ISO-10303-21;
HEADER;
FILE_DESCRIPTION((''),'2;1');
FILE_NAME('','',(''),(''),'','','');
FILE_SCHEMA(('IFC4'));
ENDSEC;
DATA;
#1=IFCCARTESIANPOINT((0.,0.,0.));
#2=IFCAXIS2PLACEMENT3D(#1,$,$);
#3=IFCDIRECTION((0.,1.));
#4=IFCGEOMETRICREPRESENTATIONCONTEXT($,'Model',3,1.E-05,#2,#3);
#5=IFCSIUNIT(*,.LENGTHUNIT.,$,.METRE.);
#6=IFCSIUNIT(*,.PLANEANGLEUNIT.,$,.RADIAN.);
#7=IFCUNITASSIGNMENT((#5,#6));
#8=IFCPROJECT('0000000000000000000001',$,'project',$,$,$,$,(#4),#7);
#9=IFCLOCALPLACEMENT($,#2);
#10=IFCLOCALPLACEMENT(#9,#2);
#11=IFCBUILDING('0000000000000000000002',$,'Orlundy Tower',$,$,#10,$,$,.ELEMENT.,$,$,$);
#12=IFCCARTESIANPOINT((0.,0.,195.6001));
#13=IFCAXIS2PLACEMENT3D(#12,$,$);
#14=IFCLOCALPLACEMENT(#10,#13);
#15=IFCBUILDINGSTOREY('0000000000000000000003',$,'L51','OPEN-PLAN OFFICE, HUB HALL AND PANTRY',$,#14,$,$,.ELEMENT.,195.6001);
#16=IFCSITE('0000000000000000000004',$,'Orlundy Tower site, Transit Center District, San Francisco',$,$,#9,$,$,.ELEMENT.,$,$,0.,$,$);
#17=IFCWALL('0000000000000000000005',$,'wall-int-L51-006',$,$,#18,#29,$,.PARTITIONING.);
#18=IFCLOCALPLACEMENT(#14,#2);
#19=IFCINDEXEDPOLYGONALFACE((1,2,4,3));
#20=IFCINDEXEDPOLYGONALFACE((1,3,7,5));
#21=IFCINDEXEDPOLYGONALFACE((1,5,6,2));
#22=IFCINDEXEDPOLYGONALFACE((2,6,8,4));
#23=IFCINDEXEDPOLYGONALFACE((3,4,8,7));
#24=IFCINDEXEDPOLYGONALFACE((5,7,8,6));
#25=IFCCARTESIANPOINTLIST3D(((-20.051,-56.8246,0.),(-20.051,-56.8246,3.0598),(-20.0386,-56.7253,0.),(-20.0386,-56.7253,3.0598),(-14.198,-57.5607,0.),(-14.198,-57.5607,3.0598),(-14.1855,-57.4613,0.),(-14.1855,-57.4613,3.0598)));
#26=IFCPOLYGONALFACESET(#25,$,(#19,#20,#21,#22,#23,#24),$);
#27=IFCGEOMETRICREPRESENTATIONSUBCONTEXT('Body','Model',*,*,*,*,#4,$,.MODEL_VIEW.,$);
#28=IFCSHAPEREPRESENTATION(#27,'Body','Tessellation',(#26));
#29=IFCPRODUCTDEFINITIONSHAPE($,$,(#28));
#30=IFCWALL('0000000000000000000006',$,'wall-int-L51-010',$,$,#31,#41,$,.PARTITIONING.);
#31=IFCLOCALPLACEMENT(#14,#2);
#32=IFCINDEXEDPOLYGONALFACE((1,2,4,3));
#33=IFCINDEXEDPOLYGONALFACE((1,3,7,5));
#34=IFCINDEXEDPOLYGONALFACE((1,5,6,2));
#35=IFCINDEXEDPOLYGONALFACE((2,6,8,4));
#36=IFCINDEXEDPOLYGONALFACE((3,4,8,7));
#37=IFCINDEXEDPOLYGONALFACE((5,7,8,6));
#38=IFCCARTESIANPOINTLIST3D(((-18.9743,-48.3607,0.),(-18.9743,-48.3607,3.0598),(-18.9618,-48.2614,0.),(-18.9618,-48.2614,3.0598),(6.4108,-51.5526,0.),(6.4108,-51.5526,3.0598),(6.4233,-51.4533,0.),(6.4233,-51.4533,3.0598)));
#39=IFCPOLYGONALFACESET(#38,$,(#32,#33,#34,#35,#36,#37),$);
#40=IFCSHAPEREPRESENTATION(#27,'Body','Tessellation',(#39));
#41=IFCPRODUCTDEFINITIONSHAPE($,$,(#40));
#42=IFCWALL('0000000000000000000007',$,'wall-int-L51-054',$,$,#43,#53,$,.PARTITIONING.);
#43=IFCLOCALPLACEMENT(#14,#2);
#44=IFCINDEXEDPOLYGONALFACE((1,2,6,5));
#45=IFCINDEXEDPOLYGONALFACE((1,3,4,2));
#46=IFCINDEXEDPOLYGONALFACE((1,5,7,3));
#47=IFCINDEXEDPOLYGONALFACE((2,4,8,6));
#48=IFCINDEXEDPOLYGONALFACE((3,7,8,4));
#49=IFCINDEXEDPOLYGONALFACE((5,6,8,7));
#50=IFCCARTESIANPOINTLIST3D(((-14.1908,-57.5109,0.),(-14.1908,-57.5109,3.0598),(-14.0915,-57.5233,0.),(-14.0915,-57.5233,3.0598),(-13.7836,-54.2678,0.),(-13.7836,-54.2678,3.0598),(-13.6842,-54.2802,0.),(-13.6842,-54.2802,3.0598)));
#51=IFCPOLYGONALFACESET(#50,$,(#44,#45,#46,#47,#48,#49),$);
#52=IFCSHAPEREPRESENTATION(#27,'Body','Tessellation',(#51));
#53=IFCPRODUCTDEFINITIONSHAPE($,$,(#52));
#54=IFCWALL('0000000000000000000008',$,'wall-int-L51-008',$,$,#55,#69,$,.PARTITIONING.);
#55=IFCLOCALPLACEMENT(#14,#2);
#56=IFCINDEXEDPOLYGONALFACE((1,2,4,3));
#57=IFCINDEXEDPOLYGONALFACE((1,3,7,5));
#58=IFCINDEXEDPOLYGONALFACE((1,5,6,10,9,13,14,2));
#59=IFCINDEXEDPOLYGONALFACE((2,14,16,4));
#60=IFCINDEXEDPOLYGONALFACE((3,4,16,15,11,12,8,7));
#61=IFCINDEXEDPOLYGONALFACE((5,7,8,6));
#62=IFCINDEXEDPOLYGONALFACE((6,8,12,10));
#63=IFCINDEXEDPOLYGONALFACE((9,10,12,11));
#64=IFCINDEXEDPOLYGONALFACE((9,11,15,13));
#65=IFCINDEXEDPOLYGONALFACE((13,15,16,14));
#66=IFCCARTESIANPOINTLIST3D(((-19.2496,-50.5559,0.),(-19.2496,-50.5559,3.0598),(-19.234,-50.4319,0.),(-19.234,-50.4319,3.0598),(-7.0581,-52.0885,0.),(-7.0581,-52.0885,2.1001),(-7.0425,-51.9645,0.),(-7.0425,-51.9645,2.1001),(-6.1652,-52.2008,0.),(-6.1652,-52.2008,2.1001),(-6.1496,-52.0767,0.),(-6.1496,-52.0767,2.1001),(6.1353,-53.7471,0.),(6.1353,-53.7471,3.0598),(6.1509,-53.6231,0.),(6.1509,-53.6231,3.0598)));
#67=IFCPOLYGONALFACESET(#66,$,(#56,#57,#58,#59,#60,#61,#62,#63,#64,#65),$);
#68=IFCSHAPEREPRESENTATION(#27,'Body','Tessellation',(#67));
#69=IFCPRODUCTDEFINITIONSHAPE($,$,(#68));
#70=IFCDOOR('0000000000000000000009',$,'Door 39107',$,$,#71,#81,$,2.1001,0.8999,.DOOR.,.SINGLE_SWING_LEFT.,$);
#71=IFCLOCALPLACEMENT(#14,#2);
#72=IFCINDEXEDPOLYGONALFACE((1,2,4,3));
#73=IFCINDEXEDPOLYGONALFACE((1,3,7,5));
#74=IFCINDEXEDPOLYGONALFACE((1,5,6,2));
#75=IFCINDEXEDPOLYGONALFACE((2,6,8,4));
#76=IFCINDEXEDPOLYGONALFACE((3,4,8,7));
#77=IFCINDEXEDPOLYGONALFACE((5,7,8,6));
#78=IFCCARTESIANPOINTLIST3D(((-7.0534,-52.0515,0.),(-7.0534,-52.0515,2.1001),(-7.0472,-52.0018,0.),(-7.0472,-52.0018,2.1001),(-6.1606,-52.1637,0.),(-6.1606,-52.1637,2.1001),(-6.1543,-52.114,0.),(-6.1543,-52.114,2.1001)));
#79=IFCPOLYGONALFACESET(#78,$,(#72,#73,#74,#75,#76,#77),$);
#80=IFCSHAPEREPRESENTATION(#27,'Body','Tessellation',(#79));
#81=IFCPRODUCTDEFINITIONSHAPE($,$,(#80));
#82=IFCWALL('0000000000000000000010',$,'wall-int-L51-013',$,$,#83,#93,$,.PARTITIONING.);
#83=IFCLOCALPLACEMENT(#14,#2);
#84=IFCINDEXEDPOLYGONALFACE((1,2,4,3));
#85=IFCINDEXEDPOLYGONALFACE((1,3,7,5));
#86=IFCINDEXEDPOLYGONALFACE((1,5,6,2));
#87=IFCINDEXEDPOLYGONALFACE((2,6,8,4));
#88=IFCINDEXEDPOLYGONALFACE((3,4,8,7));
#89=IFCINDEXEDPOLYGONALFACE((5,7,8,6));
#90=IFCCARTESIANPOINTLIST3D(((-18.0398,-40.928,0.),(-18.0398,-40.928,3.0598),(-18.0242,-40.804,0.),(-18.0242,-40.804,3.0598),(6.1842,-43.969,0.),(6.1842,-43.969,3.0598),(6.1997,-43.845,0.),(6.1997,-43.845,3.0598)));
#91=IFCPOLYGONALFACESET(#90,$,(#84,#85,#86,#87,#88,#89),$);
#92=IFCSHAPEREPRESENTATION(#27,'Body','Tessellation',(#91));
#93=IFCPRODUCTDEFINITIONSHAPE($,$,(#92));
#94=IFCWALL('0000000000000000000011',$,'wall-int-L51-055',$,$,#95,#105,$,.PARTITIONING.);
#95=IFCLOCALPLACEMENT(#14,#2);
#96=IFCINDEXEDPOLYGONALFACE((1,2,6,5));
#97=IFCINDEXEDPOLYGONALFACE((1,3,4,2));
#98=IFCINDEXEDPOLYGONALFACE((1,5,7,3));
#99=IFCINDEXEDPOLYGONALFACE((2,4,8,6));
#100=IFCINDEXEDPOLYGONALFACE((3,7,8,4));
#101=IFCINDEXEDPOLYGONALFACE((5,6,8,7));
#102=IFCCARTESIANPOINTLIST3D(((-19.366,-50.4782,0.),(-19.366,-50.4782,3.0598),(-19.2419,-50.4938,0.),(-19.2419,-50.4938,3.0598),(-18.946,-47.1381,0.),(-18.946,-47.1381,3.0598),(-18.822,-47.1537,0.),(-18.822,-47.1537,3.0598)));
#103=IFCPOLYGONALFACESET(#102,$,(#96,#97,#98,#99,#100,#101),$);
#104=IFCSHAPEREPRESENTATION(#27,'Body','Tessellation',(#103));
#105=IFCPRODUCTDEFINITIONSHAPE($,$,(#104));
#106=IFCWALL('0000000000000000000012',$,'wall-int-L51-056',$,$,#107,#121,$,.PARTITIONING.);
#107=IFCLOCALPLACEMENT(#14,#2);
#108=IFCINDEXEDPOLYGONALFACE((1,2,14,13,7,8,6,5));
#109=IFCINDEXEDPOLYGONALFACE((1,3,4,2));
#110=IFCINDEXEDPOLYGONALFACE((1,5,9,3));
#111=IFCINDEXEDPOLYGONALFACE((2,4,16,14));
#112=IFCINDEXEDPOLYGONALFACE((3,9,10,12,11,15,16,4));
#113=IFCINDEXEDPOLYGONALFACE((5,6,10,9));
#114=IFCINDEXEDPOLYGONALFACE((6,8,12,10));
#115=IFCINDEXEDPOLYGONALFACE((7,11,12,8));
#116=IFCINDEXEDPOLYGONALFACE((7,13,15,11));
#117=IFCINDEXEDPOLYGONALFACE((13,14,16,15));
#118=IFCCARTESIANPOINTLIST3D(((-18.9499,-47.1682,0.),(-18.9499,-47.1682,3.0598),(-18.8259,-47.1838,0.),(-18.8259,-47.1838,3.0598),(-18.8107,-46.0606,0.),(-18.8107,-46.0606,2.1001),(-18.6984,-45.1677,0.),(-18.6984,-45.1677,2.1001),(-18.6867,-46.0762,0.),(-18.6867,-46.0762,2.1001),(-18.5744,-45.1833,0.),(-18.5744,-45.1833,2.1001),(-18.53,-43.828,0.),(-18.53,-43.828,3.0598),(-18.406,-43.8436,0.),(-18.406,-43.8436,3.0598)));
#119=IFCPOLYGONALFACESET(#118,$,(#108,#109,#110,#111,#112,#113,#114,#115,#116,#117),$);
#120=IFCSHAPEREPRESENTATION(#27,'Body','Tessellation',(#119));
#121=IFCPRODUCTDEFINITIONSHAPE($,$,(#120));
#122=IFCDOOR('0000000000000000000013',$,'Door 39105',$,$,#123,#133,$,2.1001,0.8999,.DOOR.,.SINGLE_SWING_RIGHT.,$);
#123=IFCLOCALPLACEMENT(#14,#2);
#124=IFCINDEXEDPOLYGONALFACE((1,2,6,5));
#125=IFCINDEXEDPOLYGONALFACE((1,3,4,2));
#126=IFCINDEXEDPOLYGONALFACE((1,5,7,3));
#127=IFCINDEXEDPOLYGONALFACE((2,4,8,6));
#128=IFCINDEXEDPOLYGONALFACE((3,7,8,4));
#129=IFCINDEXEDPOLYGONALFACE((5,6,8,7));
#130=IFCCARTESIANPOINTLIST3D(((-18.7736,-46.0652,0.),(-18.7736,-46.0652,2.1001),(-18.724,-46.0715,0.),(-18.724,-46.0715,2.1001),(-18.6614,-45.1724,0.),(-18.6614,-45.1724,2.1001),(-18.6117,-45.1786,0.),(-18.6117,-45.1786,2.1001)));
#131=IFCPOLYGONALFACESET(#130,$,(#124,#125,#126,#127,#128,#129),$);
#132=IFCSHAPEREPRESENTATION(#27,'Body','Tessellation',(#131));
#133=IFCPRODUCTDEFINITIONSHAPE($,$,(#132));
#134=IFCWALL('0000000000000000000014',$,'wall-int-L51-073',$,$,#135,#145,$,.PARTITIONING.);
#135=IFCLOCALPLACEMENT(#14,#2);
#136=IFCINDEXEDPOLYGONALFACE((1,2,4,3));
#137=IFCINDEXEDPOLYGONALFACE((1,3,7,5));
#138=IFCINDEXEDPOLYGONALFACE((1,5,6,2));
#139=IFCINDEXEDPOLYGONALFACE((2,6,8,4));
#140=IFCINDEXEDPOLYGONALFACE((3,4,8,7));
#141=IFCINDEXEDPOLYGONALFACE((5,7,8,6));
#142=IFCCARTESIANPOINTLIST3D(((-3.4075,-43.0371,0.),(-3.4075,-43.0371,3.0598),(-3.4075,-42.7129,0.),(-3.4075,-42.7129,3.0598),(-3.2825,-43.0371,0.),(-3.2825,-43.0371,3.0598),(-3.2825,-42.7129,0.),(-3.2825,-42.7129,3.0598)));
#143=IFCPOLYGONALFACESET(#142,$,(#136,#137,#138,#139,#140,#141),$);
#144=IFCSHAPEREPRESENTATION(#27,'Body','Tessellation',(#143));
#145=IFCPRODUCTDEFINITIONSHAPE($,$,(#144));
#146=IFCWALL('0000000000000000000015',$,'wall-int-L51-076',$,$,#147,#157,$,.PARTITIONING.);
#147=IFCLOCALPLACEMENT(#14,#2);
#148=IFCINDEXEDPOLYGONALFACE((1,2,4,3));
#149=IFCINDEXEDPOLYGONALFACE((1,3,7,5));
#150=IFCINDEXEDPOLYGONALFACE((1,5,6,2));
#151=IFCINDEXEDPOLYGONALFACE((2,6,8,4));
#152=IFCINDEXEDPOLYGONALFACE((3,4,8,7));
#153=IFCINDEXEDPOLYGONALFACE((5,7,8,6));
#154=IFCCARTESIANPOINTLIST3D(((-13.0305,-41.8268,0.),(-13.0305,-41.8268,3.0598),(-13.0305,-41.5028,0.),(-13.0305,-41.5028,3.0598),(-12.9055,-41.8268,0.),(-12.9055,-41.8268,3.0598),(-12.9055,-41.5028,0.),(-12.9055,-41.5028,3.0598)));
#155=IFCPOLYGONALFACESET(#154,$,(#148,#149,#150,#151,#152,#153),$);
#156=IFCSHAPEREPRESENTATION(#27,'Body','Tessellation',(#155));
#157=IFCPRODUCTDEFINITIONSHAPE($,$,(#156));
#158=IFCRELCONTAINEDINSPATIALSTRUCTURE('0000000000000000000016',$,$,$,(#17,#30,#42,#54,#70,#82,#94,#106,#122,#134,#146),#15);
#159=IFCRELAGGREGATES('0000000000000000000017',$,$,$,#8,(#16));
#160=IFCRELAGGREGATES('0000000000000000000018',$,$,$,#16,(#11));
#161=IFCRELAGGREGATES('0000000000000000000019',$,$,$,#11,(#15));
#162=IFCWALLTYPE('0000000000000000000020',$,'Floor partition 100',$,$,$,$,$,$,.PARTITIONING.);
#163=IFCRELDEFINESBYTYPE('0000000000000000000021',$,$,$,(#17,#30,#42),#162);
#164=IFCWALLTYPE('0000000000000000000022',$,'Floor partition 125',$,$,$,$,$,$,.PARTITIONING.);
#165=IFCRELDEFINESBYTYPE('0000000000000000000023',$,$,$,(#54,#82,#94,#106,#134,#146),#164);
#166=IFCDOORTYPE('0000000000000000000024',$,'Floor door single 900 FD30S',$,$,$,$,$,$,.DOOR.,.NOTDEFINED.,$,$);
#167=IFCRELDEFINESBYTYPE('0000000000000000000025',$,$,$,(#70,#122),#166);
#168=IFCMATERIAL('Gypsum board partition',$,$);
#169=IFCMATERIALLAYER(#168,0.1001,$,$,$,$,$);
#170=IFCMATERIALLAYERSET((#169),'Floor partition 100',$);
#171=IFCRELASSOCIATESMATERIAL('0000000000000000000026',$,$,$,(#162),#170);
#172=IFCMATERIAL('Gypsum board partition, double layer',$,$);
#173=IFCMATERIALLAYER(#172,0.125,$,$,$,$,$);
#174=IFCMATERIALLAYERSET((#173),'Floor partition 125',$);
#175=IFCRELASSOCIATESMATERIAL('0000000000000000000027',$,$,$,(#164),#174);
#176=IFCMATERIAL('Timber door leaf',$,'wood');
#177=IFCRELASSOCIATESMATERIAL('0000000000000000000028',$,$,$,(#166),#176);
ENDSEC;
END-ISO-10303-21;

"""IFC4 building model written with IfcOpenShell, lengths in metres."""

from ifc_helpers import new_model, si_unit, direction, frame, frame_2d, origin, place, context, subcontext, project, spatial, rectangle, extrude, material, layer, layer_set, type_object, element, fill, save


model = new_model("IFC4")

# Units and contexts
model_context = context("Model", 3, precision=1e-05, world=origin(), true_north=direction((0.0, 1.0)))
body_context = subcontext(model_context, "Body", "Model", "MODEL_VIEW")
ifc_project = project(units=[si_unit("LENGTHUNIT", "METRE"), si_unit("PLANEANGLEUNIT", "RADIAN")], contexts=[model_context])

# Site, building, storey
site_placement = place(None, origin())
site = spatial("IfcSite", under=ifc_project, at=site_placement, Name="Orlundy Tower site, Transit Center District, San Francisco", CompositionType="ELEMENT", RefElevation=0.0)
building_placement = place(site_placement, origin())
building = spatial("IfcBuilding", under=site, at=building_placement, Name="Orlundy Tower", CompositionType="ELEMENT")
storey_placement = place(building_placement, frame((0.0, 0.0, 195.6001)))
storey = spatial("IfcBuildingStorey", under=building, at=storey_placement, Name="L51", Description="OPEN-PLAN OFFICE, HUB HALL AND PANTRY", CompositionType="ELEMENT", Elevation=195.6001)

# Walls
ifc_material_1 = material(Name="Gypsum board partition")
ifc_layer_1 = layer(ifc_material_1, 0.1001)
ifc_layer_set_1 = layer_set([ifc_layer_1], Name="Floor partition 100")
wall_type_1 = type_object("IfcWallType", Name="Floor partition 100", PredefinedType="PARTITIONING", material=ifc_layer_set_1)
wall_1_placement = place(storey_placement, frame((-20.0449, -56.7749, 0.0), z_axis=(0.0, 0.0, 1.0), x_axis=(0.992185, -0.124778, 0.0)))
element("IfcWall", 1, at=wall_1_placement, inside=storey, type_object=wall_type_1, Name="wall-int-L51-006", PredefinedType="PARTITIONING", context=body_context, shape_type="SweptSolid", body=[
    extrude(rectangle(XDim=5.8992, YDim=0.1001, at=frame_2d((2.9497, 0.0))), origin(), (0.0, 0.0, 1.0), 3.0598),
])
wall_2_placement = place(storey_placement, frame((-18.968, -48.311, 0.0), z_axis=(0.0, 0.0, 1.0), x_axis=(0.992187, -0.124757, 0.0)))
element("IfcWall", 2, at=wall_2_placement, inside=storey, type_object=wall_type_1, Name="wall-int-L51-010", PredefinedType="PARTITIONING", context=body_context, shape_type="SweptSolid", body=[
    extrude(rectangle(XDim=25.585, YDim=0.1001, at=frame_2d((12.7925, 0.0))), origin(), (0.0, 0.0, 1.0), 3.0598),
])
wall_3_placement = place(storey_placement, frame((-14.1411, -57.5171, 0.0), z_axis=(0.0, 0.0, 1.0), x_axis=(0.124586, 0.992209, 0.0)))
element("IfcWall", 3, at=wall_3_placement, inside=storey, type_object=wall_type_1, Name="wall-int-L51-054", PredefinedType="PARTITIONING", context=body_context, shape_type="SweptSolid", body=[
    extrude(rectangle(XDim=3.2686, YDim=0.1001, at=frame_2d((1.6343, 0.0))), origin(), (0.0, 0.0, 1.0), 3.0598),
])

# Wall, opening, door
ifc_material_2 = material(Name="Gypsum board partition, double layer")
ifc_layer_2 = layer(ifc_material_2, 0.125)
ifc_layer_set_2 = layer_set([ifc_layer_2], Name="Floor partition 125")
wall_type_2 = type_object("IfcWallType", Name="Floor partition 125", PredefinedType="PARTITIONING", material=ifc_layer_set_2)
wall_4_placement = place(storey_placement, frame((-19.2419, -50.4939, 0.0), z_axis=(0.0, 0.0, 1.0), x_axis=(0.992191, -0.124729, 0.0)))
wall_4 = element("IfcWall", 4, at=wall_4_placement, inside=storey, type_object=wall_type_2, Name="wall-int-L51-008", PredefinedType="PARTITIONING", context=body_context, shape_type="SweptSolid", body=[
    extrude(rectangle(XDim=25.5847, YDim=0.125, at=frame_2d((12.7925, 0.0))), origin(), (0.0, 0.0, 1.0), 3.0598),
])
opening_1_placement = place(wall_4_placement, frame((12.2876, 0.0, 0.0)))
opening_1 = element("IfcOpeningElement", 5, at=opening_1_placement, cuts=wall_4, PredefinedType="OPENING", context=body_context, shape_type="SweptSolid", body=[
    extrude(rectangle(XDim=0.8999, YDim=2.1001, at=frame_2d((0.45, 1.05))), frame((0.0, 0.0725, 0.0), z_axis=(0.0, -1.0, 0.0), x_axis=(1.0, 0.0, 0.0)), (0.0, 0.0, 1.0), 0.145),
])
ifc_material_3 = material(Name="Timber door leaf", Category="wood")
door_type = type_object("IfcDoorType", Name="Floor door single 900 FD30S", OperationType="NOTDEFINED", PredefinedType="DOOR", material=ifc_material_3)
door_1_placement = place(opening_1_placement, origin())
door_1 = element("IfcDoor", 6, at=door_1_placement, inside=storey, type_object=door_type, Name="Door 39107", OperationType="SINGLE_SWING_LEFT", OverallHeight=2.1001, OverallWidth=0.8999, PredefinedType="DOOR", context=body_context, shape_type="SweptSolid", body=[
    extrude(rectangle(XDim=0.8999, YDim=2.1001, at=frame_2d((0.45, 1.05))), frame((0.0, 0.0249, 0.0), z_axis=(0.0, -1.0, 0.0), x_axis=(1.0, 0.0, 0.0)), (0.0, 0.0, 1.0), 0.05),
])
fill(opening_1, door_1)

# Walls
wall_5_placement = place(storey_placement, frame((-18.032, -40.866, 0.0), z_axis=(0.0, 0.0, 1.0), x_axis=(0.992212, -0.12456, 0.0)))
element("IfcWall", 7, at=wall_5_placement, inside=storey, type_object=wall_type_2, Name="wall-int-L51-013", PredefinedType="PARTITIONING", context=body_context, shape_type="SweptSolid", body=[
    extrude(rectangle(XDim=24.4141, YDim=0.125, at=frame_2d((12.207, 0.0))), origin(), (0.0, 0.0, 1.0), 3.0598),
])
wall_6_placement = place(storey_placement, frame((-18.884, -47.146, 0.0), z_axis=(0.0, 0.0, 1.0), x_axis=(-0.12474, -0.992189, 0.0)))
element("IfcWall", 8, at=wall_6_placement, inside=storey, type_object=wall_type_2, Name="wall-int-L51-055", PredefinedType="PARTITIONING", context=body_context, shape_type="SweptSolid", body=[
    extrude(rectangle(XDim=3.3665, YDim=0.125, at=frame_2d((1.6831, 0.0))), origin(), (0.0, 0.0, 1.0), 3.0598),
])

# Wall, opening, door
wall_7_placement = place(storey_placement, frame((-18.468, -43.8359, 0.0), z_axis=(0.0, 0.0, 1.0), x_axis=(-0.12474, -0.992189, 0.0)))
wall_7 = element("IfcWall", 9, at=wall_7_placement, inside=storey, type_object=wall_type_2, Name="wall-int-L51-056", PredefinedType="PARTITIONING", context=body_context, shape_type="SweptSolid", body=[
    extrude(rectangle(XDim=3.3665, YDim=0.125, at=frame_2d((1.6831, 0.0))), origin(), (0.0, 0.0, 1.0), 3.0598),
])
opening_2_placement = place(wall_7_placement, frame((1.3501, 0.0, 0.0)))
opening_2 = element("IfcOpeningElement", 10, at=opening_2_placement, cuts=wall_7, PredefinedType="OPENING", context=body_context, shape_type="SweptSolid", body=[
    extrude(rectangle(XDim=0.8999, YDim=2.1001, at=frame_2d((0.45, 1.05))), frame((0.0, 0.0725, 0.0), z_axis=(0.0, -1.0, 0.0), x_axis=(1.0, 0.0, 0.0)), (0.0, 0.0, 1.0), 0.145),
])
door_2_placement = place(opening_2_placement, origin())
door_2 = element("IfcDoor", 11, at=door_2_placement, inside=storey, type_object=door_type, Name="Door 39105", OperationType="SINGLE_SWING_RIGHT", OverallHeight=2.1001, OverallWidth=0.8999, PredefinedType="DOOR", context=body_context, shape_type="SweptSolid", body=[
    extrude(rectangle(XDim=0.8999, YDim=2.1001, at=frame_2d((0.45, 1.05))), frame((0.0, 0.0249, 0.0), z_axis=(0.0, -1.0, 0.0), x_axis=(1.0, 0.0, 0.0)), (0.0, 0.0, 1.0), 0.05),
])
fill(opening_2, door_2)

# Walls
wall_8_placement = place(storey_placement, frame((-3.345, -43.0371, 0.0), z_axis=(0.0, 0.0, 1.0), x_axis=(0.0, 1.0, 0.0)))
element("IfcWall", 12, at=wall_8_placement, inside=storey, type_object=wall_type_2, Name="wall-int-L51-073", PredefinedType="PARTITIONING", context=body_context, shape_type="SweptSolid", body=[
    extrude(rectangle(XDim=0.3242, YDim=0.125, at=frame_2d((0.1621, 0.0))), origin(), (0.0, 0.0, 1.0), 3.0598),
])
wall_9_placement = place(storey_placement, frame((-12.968, -41.8269, 0.0), z_axis=(0.0, 0.0, 1.0), x_axis=(0.0, 1.0, 0.0)))
element("IfcWall", 13, at=wall_9_placement, inside=storey, type_object=wall_type_2, Name="wall-int-L51-076", PredefinedType="PARTITIONING", context=body_context, shape_type="SweptSolid", body=[
    extrude(rectangle(XDim=0.324, YDim=0.125, at=frame_2d((0.1621, 0.0))), origin(), (0.0, 0.0, 1.0), 3.0598),
])

save(model, "model.ifc")
